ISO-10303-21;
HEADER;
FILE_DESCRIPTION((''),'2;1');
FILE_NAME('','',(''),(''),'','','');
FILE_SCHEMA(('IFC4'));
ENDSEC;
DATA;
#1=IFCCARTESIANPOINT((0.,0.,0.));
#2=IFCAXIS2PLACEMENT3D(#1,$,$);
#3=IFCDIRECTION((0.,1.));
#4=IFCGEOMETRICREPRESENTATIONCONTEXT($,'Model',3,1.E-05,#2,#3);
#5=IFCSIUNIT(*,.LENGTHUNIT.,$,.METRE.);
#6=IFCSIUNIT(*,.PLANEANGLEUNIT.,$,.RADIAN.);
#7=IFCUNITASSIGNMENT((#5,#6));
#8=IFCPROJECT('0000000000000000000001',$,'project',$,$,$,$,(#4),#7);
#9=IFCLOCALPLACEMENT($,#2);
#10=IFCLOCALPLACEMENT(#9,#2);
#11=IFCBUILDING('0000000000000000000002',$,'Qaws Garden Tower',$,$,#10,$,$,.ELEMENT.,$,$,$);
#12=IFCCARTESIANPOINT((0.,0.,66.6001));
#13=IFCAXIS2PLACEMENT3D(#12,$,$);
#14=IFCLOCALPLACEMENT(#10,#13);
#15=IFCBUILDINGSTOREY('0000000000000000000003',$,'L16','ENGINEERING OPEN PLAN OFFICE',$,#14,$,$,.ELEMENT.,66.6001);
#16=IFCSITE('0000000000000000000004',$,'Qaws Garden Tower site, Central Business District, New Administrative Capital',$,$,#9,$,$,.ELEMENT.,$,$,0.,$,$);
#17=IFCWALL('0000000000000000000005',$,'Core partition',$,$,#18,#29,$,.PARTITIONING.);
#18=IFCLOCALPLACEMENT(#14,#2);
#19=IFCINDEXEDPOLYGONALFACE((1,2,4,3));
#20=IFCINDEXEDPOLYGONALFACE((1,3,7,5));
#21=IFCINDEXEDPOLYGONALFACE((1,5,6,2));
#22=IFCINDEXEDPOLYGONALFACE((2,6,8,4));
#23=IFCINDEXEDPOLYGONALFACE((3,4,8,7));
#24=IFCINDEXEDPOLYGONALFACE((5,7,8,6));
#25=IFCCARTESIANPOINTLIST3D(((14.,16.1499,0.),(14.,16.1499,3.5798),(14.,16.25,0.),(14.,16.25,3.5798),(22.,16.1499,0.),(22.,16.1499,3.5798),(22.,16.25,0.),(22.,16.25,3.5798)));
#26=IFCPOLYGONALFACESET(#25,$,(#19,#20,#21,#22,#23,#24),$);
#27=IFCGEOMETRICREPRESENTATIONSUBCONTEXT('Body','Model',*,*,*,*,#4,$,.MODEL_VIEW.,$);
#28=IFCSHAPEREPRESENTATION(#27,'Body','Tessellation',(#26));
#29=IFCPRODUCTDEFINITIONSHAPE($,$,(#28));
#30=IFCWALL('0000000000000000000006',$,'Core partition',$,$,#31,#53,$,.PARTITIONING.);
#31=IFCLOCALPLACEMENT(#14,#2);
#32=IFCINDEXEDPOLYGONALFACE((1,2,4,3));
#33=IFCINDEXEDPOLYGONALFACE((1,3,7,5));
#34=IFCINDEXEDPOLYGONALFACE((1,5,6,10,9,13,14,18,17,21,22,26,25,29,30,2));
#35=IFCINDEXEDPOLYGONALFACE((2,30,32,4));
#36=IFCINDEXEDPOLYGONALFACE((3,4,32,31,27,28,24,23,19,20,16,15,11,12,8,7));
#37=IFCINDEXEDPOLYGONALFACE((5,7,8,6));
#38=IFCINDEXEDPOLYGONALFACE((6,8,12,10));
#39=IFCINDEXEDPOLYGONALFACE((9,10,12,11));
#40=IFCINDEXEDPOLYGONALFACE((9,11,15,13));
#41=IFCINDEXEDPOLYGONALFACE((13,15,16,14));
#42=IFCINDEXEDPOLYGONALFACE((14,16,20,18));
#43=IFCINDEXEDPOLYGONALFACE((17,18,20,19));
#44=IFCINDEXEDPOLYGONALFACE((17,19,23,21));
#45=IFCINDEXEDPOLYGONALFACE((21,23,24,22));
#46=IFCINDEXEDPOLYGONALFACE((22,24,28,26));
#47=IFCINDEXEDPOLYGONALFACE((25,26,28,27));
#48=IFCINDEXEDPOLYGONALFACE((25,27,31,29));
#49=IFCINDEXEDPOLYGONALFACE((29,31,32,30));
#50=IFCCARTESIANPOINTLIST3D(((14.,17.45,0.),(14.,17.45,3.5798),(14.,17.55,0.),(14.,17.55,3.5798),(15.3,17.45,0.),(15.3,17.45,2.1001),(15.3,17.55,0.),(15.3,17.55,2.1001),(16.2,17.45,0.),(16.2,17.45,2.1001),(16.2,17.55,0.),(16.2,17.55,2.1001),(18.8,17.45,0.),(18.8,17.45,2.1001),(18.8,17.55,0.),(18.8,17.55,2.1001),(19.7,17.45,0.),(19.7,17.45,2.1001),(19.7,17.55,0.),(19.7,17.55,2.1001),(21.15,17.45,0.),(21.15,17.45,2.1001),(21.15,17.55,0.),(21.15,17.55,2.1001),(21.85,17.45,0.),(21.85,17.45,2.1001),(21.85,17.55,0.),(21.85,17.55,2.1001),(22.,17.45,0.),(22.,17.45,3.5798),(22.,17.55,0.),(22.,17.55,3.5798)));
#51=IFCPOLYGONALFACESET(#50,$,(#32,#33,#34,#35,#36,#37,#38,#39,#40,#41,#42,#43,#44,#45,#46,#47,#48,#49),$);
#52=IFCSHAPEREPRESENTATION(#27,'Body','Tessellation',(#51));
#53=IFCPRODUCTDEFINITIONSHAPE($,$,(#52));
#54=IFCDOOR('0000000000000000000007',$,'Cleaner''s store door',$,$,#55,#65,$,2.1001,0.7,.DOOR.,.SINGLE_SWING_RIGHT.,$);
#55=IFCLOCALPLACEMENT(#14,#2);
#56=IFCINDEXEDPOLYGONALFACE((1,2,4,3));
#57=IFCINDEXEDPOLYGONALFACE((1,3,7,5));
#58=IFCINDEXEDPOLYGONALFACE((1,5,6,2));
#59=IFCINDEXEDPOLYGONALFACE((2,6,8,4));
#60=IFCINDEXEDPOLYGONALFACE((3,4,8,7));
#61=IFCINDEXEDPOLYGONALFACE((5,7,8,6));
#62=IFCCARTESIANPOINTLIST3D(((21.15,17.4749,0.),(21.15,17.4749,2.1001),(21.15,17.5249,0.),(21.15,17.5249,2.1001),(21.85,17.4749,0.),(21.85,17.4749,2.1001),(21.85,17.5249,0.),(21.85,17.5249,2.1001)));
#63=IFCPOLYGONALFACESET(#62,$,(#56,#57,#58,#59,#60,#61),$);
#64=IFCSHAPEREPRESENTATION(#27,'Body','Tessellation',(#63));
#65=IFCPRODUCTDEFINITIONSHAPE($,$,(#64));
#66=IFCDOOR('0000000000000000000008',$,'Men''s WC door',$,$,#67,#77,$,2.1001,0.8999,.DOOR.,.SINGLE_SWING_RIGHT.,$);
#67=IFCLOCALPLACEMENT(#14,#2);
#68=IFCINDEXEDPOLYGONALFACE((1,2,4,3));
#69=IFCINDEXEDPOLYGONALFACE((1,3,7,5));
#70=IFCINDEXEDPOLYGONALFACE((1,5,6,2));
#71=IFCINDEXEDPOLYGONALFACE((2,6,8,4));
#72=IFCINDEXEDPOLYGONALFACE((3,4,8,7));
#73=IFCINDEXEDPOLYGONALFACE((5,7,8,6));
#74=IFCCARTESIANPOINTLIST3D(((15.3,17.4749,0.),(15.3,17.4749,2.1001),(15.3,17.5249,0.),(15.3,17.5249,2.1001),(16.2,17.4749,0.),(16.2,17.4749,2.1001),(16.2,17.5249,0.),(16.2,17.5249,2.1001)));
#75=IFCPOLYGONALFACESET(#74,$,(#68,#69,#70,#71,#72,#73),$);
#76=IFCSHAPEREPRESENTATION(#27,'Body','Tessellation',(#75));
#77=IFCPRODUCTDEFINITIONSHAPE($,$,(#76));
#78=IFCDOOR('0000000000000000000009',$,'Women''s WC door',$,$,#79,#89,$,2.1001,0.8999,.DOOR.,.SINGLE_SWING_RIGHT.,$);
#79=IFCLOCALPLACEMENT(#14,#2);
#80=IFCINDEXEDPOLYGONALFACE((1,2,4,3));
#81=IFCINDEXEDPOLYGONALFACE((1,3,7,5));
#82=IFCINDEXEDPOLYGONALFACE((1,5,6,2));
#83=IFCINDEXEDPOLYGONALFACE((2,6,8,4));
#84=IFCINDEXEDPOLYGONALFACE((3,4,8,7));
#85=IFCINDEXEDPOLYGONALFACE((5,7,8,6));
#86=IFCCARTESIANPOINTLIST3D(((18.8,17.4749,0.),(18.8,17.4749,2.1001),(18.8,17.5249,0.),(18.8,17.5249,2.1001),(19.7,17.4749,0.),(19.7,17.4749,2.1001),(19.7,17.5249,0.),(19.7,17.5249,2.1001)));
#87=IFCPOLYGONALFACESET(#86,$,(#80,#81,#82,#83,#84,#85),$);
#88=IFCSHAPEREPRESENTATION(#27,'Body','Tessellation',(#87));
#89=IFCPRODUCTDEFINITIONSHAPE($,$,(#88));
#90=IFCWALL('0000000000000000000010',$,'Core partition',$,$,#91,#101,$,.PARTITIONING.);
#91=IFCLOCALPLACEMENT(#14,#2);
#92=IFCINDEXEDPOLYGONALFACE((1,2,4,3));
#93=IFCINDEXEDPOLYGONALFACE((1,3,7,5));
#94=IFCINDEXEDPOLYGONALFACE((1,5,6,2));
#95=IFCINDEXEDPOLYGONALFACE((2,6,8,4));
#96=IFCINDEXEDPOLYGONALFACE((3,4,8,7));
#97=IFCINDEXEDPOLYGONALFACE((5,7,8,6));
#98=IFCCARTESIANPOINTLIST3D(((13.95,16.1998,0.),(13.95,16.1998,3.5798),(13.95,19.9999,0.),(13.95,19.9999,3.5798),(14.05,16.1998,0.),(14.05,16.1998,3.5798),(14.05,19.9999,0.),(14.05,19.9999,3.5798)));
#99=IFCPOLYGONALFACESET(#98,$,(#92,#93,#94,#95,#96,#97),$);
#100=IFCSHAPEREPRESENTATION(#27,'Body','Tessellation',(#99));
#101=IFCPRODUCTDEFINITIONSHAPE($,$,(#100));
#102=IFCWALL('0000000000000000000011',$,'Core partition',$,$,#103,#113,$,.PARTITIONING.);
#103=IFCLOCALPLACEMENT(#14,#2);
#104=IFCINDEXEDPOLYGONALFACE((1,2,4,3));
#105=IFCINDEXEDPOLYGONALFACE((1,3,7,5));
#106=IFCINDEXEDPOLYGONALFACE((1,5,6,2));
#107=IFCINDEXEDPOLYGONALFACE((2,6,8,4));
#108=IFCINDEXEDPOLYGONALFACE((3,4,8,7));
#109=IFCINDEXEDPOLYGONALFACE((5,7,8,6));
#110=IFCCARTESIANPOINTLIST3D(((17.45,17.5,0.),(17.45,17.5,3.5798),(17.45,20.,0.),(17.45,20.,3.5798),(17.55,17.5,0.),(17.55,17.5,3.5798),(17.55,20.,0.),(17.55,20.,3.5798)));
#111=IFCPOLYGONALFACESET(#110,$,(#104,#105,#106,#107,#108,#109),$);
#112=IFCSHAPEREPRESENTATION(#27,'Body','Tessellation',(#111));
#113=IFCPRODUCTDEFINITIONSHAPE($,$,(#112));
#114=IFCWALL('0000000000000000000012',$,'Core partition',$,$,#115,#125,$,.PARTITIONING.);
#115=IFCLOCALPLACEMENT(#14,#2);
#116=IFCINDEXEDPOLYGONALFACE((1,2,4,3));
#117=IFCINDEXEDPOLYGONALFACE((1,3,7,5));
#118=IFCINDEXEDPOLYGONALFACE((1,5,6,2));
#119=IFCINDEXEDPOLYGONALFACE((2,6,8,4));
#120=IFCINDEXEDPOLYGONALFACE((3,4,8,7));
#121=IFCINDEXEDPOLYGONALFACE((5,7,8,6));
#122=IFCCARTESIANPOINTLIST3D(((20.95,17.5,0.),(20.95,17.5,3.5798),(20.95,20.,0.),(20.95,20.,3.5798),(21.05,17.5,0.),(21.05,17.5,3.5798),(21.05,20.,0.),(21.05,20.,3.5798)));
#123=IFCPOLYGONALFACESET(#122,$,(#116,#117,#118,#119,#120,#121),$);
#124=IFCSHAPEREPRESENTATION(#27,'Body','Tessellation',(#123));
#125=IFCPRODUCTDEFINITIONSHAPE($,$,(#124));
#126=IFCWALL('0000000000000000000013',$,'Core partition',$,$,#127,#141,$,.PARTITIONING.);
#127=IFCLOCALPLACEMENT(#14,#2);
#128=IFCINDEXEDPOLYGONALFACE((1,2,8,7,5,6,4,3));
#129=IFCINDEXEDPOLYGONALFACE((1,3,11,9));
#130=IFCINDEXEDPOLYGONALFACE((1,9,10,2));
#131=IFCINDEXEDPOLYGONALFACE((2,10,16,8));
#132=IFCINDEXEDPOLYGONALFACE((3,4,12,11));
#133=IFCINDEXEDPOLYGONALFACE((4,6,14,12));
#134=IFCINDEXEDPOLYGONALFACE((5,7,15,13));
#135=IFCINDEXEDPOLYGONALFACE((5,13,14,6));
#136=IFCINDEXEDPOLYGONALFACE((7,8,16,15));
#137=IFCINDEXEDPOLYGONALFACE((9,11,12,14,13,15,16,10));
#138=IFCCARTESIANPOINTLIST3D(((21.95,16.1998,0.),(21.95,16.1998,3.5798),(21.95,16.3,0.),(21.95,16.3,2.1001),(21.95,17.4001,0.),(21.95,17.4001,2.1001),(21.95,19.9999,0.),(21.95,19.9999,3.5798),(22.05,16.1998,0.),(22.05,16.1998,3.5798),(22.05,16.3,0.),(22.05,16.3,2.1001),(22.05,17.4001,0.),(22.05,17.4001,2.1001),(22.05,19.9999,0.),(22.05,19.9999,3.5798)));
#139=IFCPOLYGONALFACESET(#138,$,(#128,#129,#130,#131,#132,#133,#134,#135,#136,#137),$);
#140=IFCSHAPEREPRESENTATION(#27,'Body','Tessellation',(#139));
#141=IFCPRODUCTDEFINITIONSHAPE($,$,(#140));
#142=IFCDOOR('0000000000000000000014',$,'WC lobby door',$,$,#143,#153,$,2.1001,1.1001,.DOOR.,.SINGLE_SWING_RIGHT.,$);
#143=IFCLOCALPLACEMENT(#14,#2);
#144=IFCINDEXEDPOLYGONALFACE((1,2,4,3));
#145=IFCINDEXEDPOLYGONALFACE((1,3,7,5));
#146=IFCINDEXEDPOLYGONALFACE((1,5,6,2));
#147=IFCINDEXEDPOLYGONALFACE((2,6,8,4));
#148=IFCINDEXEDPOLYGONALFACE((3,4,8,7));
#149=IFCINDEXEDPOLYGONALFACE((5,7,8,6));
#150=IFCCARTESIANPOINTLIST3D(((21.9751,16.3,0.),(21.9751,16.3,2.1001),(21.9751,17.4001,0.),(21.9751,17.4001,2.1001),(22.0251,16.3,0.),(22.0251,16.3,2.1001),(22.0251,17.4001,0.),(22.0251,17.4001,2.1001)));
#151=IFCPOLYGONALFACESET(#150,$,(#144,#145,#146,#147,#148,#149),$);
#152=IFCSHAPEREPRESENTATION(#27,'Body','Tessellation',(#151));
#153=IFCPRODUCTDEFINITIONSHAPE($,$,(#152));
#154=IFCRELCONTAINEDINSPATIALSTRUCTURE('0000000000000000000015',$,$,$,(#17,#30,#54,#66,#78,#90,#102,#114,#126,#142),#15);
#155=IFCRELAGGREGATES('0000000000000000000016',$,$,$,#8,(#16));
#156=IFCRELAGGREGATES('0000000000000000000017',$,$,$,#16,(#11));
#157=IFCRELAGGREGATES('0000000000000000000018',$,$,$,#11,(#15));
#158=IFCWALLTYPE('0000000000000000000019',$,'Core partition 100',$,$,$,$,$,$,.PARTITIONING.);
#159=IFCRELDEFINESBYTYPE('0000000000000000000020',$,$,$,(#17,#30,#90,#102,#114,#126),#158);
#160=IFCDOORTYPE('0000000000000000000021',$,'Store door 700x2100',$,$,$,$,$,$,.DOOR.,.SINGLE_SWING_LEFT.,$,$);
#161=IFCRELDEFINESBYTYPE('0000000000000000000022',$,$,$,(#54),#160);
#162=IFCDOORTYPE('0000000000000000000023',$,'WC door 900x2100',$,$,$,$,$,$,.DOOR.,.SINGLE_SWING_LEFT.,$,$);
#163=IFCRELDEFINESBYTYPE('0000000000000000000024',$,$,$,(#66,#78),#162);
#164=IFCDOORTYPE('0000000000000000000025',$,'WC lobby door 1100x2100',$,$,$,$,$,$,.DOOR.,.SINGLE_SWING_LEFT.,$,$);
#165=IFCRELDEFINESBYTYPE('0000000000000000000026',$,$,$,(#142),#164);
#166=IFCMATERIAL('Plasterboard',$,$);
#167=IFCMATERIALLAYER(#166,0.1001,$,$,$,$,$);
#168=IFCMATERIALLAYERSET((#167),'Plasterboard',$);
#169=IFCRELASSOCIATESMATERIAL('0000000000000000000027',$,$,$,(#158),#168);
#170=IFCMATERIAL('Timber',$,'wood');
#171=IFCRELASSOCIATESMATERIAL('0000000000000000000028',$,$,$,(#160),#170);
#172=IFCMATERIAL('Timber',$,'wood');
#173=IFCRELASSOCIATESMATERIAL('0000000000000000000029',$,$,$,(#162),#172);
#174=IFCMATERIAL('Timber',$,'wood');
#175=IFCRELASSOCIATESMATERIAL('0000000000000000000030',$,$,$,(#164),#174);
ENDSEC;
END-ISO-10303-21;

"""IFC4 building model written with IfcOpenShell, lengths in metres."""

from ifc_helpers import new_model, si_unit, direction, frame, frame_2d, origin, place, context, subcontext, project, spatial, rectangle, extrude, material, layer, layer_set, type_object, element, fill, save


model = new_model("IFC4")

# Units and contexts
model_context = context("Model", 3, precision=1e-05, world=origin(), true_north=direction((0.0, 1.0)))
body_context = subcontext(model_context, "Body", "Model", "MODEL_VIEW")
ifc_project = project(units=[si_unit("LENGTHUNIT", "METRE"), si_unit("PLANEANGLEUNIT", "RADIAN")], contexts=[model_context])

# Site, building, storey
site_placement = place(None, origin())
site = spatial("IfcSite", under=ifc_project, at=site_placement, Name="Qaws Garden Tower site, Central Business District, New Administrative Capital", CompositionType="ELEMENT", RefElevation=0.0)
building_placement = place(site_placement, origin())
building = spatial("IfcBuilding", under=site, at=building_placement, Name="Qaws Garden Tower", CompositionType="ELEMENT")
storey_placement = place(building_placement, frame((0.0, 0.0, 66.6001)))
storey = spatial("IfcBuildingStorey", under=building, at=storey_placement, Name="L16", Description="ENGINEERING OPEN PLAN OFFICE", CompositionType="ELEMENT", Elevation=66.6001)

# Wall
ifc_material_1 = material(Name="Plasterboard")
ifc_layer_1 = layer(ifc_material_1, 0.1001)
ifc_layer_set_1 = layer_set([ifc_layer_1], Name="Plasterboard")
wall_type_1 = type_object("IfcWallType", Name="Core partition 100", PredefinedType="PARTITIONING", material=ifc_layer_set_1)
wall_1_placement = place(storey_placement, frame((14.0, 16.2, 0.0), z_axis=(0.0, 0.0, 1.0), x_axis=(1.0, 0.0, 0.0)))
element("IfcWall", 1, at=wall_1_placement, inside=storey, type_object=wall_type_1, Name="Core partition", PredefinedType="PARTITIONING", context=body_context, shape_type="SweptSolid", body=[
    extrude(rectangle(XDim=8.0, YDim=0.1001, at=frame_2d((4.0, 0.0))), origin(), (0.0, 0.0, 1.0), 3.5798),
])

# Wall, openings, doors
wall_2_placement = place(storey_placement, frame((14.0, 17.5, 0.0), z_axis=(0.0, 0.0, 1.0), x_axis=(1.0, 0.0, 0.0)))
wall_2 = element("IfcWall", 2, at=wall_2_placement, inside=storey, type_object=wall_type_1, Name="Core partition", PredefinedType="PARTITIONING", context=body_context, shape_type="SweptSolid", body=[
    extrude(rectangle(XDim=8.0, YDim=0.1001, at=frame_2d((4.0, 0.0))), origin(), (0.0, 0.0, 1.0), 3.5798),
])
opening_1_placement = place(wall_2_placement, frame((1.3, 0.0, 0.0)))
opening_1 = element("IfcOpeningElement", 3, at=opening_1_placement, cuts=wall_2, PredefinedType="OPENING", context=body_context, shape_type="SweptSolid", body=[
    extrude(rectangle(XDim=0.8999, YDim=2.1001, at=frame_2d((0.45, 1.05))), frame((0.0, 0.0601, 0.0), z_axis=(0.0, -1.0, 0.0), x_axis=(1.0, 0.0, 0.0)), (0.0, 0.0, 1.0), 0.1201),
])
opening_2_placement = place(wall_2_placement, frame((4.8, 0.0, 0.0)))
opening_2 = element("IfcOpeningElement", 4, at=opening_2_placement, cuts=wall_2, PredefinedType="OPENING", context=body_context, shape_type="SweptSolid", body=[
    extrude(rectangle(XDim=0.8999, YDim=2.1001, at=frame_2d((0.45, 1.05))), frame((0.0, 0.0601, 0.0), z_axis=(0.0, -1.0, 0.0), x_axis=(1.0, 0.0, 0.0)), (0.0, 0.0, 1.0), 0.1201),
])
opening_3_placement = place(wall_2_placement, frame((7.1499, 0.0, 0.0)))
opening_3 = element("IfcOpeningElement", 5, at=opening_3_placement, cuts=wall_2, PredefinedType="OPENING", context=body_context, shape_type="SweptSolid", body=[
    extrude(rectangle(XDim=0.7, YDim=2.1001, at=frame_2d((0.3501, 1.05))), frame((0.0, 0.0601, 0.0), z_axis=(0.0, -1.0, 0.0), x_axis=(1.0, 0.0, 0.0)), (0.0, 0.0, 1.0), 0.1201),
])
ifc_material_2 = material(Name="Timber", Category="wood")
door_type_1 = type_object("IfcDoorType", Name="Store door 700x2100", OperationType="SINGLE_SWING_LEFT", PredefinedType="DOOR", material=ifc_material_2)
door_1_placement = place(opening_3_placement, origin())
door_1 = element("IfcDoor", 6, at=door_1_placement, inside=storey, type_object=door_type_1, Name="Cleaner's store door", OperationType="SINGLE_SWING_RIGHT", OverallHeight=2.1001, OverallWidth=0.7, PredefinedType="DOOR", context=body_context, shape_type="SweptSolid", body=[
    extrude(rectangle(XDim=0.7, YDim=2.1001, at=frame_2d((0.3501, 1.05))), frame((0.0, 0.0249, 0.0), z_axis=(0.0, -1.0, 0.0), x_axis=(1.0, 0.0, 0.0)), (0.0, 0.0, 1.0), 0.05),
])
fill(opening_3, door_1)
ifc_material_3 = material(Name="Timber", Category="wood")
door_type_2 = type_object("IfcDoorType", Name="WC door 900x2100", OperationType="SINGLE_SWING_LEFT", PredefinedType="DOOR", material=ifc_material_3)
door_2_placement = place(opening_1_placement, origin())
door_2 = element("IfcDoor", 7, at=door_2_placement, inside=storey, type_object=door_type_2, Name="Men's WC door", OperationType="SINGLE_SWING_RIGHT", OverallHeight=2.1001, OverallWidth=0.8999, PredefinedType="DOOR", context=body_context, shape_type="SweptSolid", body=[
    extrude(rectangle(XDim=0.8999, YDim=2.1001, at=frame_2d((0.45, 1.05))), frame((0.0, 0.0249, 0.0), z_axis=(0.0, -1.0, 0.0), x_axis=(1.0, 0.0, 0.0)), (0.0, 0.0, 1.0), 0.05),
])
fill(opening_1, door_2)
door_3_placement = place(opening_2_placement, origin())
door_3 = element("IfcDoor", 8, at=door_3_placement, inside=storey, type_object=door_type_2, Name="Women's WC door", OperationType="SINGLE_SWING_RIGHT", OverallHeight=2.1001, OverallWidth=0.8999, PredefinedType="DOOR", context=body_context, shape_type="SweptSolid", body=[
    extrude(rectangle(XDim=0.8999, YDim=2.1001, at=frame_2d((0.45, 1.05))), frame((0.0, 0.0249, 0.0), z_axis=(0.0, -1.0, 0.0), x_axis=(1.0, 0.0, 0.0)), (0.0, 0.0, 1.0), 0.05),
])
fill(opening_2, door_3)

# Walls
wall_3_placement = place(storey_placement, frame((14.0, 16.2, 0.0), z_axis=(0.0, 0.0, 1.0), x_axis=(0.0, 1.0, 0.0)))
element("IfcWall", 9, at=wall_3_placement, inside=storey, type_object=wall_type_1, Name="Core partition", PredefinedType="PARTITIONING", context=body_context, shape_type="SweptSolid", body=[
    extrude(rectangle(XDim=3.8, YDim=0.1001, at=frame_2d((1.8999, 0.0))), origin(), (0.0, 0.0, 1.0), 3.5798),
])
for number, where, z_axis, x_axis, name in (
    (10, (17.5, 17.5, 0.0), (0.0, 0.0, 1.0), (0.0, 1.0, 0.0), "Core partition"),
    (11, (21.0, 17.5, 0.0), (0.0, 0.0, 1.0), (0.0, 1.0, 0.0), "Core partition"),
):
    element("IfcWall", number, at=place(storey_placement, frame(where, z_axis=z_axis, x_axis=x_axis)), inside=storey, type_object=wall_type_1, Name=name, PredefinedType="PARTITIONING", context=body_context, shape_type="SweptSolid", body=[
        extrude(rectangle(XDim=2.5, YDim=0.1001, at=frame_2d((1.25, 0.0))), origin(), (0.0, 0.0, 1.0), 3.5798),
    ])

# Wall, opening, door
wall_4_placement = place(storey_placement, frame((22.0, 16.2, 0.0), z_axis=(0.0, 0.0, 1.0), x_axis=(0.0, 1.0, 0.0)))
wall_4 = element("IfcWall", 12, at=wall_4_placement, inside=storey, type_object=wall_type_1, Name="Core partition", PredefinedType="PARTITIONING", context=body_context, shape_type="SweptSolid", body=[
    extrude(rectangle(XDim=3.8, YDim=0.1001, at=frame_2d((1.8999, 0.0))), origin(), (0.0, 0.0, 1.0), 3.5798),
])
opening_4_placement = place(wall_4_placement, frame((0.1001, 0.0, 0.0)))
opening_4 = element("IfcOpeningElement", 13, at=opening_4_placement, cuts=wall_4, PredefinedType="OPENING", context=body_context, shape_type="SweptSolid", body=[
    extrude(rectangle(XDim=1.1001, YDim=2.1001, at=frame_2d((0.55, 1.05))), frame((0.0, 0.0601, 0.0), z_axis=(0.0, -1.0, 0.0), x_axis=(1.0, 0.0, 0.0)), (0.0, 0.0, 1.0), 0.1201),
])
ifc_material_4 = material(Name="Timber", Category="wood")
door_type_3 = type_object("IfcDoorType", Name="WC lobby door 1100x2100", OperationType="SINGLE_SWING_LEFT", PredefinedType="DOOR", material=ifc_material_4)
door_4_placement = place(opening_4_placement, origin())
door_4 = element("IfcDoor", 14, at=door_4_placement, inside=storey, type_object=door_type_3, Name="WC lobby door", OperationType="SINGLE_SWING_RIGHT", OverallHeight=2.1001, OverallWidth=1.1001, PredefinedType="DOOR", context=body_context, shape_type="SweptSolid", body=[
    extrude(rectangle(XDim=1.1001, YDim=2.1001, at=frame_2d((0.55, 1.05))), frame((0.0, 0.0249, 0.0), z_axis=(0.0, -1.0, 0.0), x_axis=(1.0, 0.0, 0.0)), (0.0, 0.0, 1.0), 0.05),
])
fill(opening_4, door_4)

save(model, "model.ifc")
